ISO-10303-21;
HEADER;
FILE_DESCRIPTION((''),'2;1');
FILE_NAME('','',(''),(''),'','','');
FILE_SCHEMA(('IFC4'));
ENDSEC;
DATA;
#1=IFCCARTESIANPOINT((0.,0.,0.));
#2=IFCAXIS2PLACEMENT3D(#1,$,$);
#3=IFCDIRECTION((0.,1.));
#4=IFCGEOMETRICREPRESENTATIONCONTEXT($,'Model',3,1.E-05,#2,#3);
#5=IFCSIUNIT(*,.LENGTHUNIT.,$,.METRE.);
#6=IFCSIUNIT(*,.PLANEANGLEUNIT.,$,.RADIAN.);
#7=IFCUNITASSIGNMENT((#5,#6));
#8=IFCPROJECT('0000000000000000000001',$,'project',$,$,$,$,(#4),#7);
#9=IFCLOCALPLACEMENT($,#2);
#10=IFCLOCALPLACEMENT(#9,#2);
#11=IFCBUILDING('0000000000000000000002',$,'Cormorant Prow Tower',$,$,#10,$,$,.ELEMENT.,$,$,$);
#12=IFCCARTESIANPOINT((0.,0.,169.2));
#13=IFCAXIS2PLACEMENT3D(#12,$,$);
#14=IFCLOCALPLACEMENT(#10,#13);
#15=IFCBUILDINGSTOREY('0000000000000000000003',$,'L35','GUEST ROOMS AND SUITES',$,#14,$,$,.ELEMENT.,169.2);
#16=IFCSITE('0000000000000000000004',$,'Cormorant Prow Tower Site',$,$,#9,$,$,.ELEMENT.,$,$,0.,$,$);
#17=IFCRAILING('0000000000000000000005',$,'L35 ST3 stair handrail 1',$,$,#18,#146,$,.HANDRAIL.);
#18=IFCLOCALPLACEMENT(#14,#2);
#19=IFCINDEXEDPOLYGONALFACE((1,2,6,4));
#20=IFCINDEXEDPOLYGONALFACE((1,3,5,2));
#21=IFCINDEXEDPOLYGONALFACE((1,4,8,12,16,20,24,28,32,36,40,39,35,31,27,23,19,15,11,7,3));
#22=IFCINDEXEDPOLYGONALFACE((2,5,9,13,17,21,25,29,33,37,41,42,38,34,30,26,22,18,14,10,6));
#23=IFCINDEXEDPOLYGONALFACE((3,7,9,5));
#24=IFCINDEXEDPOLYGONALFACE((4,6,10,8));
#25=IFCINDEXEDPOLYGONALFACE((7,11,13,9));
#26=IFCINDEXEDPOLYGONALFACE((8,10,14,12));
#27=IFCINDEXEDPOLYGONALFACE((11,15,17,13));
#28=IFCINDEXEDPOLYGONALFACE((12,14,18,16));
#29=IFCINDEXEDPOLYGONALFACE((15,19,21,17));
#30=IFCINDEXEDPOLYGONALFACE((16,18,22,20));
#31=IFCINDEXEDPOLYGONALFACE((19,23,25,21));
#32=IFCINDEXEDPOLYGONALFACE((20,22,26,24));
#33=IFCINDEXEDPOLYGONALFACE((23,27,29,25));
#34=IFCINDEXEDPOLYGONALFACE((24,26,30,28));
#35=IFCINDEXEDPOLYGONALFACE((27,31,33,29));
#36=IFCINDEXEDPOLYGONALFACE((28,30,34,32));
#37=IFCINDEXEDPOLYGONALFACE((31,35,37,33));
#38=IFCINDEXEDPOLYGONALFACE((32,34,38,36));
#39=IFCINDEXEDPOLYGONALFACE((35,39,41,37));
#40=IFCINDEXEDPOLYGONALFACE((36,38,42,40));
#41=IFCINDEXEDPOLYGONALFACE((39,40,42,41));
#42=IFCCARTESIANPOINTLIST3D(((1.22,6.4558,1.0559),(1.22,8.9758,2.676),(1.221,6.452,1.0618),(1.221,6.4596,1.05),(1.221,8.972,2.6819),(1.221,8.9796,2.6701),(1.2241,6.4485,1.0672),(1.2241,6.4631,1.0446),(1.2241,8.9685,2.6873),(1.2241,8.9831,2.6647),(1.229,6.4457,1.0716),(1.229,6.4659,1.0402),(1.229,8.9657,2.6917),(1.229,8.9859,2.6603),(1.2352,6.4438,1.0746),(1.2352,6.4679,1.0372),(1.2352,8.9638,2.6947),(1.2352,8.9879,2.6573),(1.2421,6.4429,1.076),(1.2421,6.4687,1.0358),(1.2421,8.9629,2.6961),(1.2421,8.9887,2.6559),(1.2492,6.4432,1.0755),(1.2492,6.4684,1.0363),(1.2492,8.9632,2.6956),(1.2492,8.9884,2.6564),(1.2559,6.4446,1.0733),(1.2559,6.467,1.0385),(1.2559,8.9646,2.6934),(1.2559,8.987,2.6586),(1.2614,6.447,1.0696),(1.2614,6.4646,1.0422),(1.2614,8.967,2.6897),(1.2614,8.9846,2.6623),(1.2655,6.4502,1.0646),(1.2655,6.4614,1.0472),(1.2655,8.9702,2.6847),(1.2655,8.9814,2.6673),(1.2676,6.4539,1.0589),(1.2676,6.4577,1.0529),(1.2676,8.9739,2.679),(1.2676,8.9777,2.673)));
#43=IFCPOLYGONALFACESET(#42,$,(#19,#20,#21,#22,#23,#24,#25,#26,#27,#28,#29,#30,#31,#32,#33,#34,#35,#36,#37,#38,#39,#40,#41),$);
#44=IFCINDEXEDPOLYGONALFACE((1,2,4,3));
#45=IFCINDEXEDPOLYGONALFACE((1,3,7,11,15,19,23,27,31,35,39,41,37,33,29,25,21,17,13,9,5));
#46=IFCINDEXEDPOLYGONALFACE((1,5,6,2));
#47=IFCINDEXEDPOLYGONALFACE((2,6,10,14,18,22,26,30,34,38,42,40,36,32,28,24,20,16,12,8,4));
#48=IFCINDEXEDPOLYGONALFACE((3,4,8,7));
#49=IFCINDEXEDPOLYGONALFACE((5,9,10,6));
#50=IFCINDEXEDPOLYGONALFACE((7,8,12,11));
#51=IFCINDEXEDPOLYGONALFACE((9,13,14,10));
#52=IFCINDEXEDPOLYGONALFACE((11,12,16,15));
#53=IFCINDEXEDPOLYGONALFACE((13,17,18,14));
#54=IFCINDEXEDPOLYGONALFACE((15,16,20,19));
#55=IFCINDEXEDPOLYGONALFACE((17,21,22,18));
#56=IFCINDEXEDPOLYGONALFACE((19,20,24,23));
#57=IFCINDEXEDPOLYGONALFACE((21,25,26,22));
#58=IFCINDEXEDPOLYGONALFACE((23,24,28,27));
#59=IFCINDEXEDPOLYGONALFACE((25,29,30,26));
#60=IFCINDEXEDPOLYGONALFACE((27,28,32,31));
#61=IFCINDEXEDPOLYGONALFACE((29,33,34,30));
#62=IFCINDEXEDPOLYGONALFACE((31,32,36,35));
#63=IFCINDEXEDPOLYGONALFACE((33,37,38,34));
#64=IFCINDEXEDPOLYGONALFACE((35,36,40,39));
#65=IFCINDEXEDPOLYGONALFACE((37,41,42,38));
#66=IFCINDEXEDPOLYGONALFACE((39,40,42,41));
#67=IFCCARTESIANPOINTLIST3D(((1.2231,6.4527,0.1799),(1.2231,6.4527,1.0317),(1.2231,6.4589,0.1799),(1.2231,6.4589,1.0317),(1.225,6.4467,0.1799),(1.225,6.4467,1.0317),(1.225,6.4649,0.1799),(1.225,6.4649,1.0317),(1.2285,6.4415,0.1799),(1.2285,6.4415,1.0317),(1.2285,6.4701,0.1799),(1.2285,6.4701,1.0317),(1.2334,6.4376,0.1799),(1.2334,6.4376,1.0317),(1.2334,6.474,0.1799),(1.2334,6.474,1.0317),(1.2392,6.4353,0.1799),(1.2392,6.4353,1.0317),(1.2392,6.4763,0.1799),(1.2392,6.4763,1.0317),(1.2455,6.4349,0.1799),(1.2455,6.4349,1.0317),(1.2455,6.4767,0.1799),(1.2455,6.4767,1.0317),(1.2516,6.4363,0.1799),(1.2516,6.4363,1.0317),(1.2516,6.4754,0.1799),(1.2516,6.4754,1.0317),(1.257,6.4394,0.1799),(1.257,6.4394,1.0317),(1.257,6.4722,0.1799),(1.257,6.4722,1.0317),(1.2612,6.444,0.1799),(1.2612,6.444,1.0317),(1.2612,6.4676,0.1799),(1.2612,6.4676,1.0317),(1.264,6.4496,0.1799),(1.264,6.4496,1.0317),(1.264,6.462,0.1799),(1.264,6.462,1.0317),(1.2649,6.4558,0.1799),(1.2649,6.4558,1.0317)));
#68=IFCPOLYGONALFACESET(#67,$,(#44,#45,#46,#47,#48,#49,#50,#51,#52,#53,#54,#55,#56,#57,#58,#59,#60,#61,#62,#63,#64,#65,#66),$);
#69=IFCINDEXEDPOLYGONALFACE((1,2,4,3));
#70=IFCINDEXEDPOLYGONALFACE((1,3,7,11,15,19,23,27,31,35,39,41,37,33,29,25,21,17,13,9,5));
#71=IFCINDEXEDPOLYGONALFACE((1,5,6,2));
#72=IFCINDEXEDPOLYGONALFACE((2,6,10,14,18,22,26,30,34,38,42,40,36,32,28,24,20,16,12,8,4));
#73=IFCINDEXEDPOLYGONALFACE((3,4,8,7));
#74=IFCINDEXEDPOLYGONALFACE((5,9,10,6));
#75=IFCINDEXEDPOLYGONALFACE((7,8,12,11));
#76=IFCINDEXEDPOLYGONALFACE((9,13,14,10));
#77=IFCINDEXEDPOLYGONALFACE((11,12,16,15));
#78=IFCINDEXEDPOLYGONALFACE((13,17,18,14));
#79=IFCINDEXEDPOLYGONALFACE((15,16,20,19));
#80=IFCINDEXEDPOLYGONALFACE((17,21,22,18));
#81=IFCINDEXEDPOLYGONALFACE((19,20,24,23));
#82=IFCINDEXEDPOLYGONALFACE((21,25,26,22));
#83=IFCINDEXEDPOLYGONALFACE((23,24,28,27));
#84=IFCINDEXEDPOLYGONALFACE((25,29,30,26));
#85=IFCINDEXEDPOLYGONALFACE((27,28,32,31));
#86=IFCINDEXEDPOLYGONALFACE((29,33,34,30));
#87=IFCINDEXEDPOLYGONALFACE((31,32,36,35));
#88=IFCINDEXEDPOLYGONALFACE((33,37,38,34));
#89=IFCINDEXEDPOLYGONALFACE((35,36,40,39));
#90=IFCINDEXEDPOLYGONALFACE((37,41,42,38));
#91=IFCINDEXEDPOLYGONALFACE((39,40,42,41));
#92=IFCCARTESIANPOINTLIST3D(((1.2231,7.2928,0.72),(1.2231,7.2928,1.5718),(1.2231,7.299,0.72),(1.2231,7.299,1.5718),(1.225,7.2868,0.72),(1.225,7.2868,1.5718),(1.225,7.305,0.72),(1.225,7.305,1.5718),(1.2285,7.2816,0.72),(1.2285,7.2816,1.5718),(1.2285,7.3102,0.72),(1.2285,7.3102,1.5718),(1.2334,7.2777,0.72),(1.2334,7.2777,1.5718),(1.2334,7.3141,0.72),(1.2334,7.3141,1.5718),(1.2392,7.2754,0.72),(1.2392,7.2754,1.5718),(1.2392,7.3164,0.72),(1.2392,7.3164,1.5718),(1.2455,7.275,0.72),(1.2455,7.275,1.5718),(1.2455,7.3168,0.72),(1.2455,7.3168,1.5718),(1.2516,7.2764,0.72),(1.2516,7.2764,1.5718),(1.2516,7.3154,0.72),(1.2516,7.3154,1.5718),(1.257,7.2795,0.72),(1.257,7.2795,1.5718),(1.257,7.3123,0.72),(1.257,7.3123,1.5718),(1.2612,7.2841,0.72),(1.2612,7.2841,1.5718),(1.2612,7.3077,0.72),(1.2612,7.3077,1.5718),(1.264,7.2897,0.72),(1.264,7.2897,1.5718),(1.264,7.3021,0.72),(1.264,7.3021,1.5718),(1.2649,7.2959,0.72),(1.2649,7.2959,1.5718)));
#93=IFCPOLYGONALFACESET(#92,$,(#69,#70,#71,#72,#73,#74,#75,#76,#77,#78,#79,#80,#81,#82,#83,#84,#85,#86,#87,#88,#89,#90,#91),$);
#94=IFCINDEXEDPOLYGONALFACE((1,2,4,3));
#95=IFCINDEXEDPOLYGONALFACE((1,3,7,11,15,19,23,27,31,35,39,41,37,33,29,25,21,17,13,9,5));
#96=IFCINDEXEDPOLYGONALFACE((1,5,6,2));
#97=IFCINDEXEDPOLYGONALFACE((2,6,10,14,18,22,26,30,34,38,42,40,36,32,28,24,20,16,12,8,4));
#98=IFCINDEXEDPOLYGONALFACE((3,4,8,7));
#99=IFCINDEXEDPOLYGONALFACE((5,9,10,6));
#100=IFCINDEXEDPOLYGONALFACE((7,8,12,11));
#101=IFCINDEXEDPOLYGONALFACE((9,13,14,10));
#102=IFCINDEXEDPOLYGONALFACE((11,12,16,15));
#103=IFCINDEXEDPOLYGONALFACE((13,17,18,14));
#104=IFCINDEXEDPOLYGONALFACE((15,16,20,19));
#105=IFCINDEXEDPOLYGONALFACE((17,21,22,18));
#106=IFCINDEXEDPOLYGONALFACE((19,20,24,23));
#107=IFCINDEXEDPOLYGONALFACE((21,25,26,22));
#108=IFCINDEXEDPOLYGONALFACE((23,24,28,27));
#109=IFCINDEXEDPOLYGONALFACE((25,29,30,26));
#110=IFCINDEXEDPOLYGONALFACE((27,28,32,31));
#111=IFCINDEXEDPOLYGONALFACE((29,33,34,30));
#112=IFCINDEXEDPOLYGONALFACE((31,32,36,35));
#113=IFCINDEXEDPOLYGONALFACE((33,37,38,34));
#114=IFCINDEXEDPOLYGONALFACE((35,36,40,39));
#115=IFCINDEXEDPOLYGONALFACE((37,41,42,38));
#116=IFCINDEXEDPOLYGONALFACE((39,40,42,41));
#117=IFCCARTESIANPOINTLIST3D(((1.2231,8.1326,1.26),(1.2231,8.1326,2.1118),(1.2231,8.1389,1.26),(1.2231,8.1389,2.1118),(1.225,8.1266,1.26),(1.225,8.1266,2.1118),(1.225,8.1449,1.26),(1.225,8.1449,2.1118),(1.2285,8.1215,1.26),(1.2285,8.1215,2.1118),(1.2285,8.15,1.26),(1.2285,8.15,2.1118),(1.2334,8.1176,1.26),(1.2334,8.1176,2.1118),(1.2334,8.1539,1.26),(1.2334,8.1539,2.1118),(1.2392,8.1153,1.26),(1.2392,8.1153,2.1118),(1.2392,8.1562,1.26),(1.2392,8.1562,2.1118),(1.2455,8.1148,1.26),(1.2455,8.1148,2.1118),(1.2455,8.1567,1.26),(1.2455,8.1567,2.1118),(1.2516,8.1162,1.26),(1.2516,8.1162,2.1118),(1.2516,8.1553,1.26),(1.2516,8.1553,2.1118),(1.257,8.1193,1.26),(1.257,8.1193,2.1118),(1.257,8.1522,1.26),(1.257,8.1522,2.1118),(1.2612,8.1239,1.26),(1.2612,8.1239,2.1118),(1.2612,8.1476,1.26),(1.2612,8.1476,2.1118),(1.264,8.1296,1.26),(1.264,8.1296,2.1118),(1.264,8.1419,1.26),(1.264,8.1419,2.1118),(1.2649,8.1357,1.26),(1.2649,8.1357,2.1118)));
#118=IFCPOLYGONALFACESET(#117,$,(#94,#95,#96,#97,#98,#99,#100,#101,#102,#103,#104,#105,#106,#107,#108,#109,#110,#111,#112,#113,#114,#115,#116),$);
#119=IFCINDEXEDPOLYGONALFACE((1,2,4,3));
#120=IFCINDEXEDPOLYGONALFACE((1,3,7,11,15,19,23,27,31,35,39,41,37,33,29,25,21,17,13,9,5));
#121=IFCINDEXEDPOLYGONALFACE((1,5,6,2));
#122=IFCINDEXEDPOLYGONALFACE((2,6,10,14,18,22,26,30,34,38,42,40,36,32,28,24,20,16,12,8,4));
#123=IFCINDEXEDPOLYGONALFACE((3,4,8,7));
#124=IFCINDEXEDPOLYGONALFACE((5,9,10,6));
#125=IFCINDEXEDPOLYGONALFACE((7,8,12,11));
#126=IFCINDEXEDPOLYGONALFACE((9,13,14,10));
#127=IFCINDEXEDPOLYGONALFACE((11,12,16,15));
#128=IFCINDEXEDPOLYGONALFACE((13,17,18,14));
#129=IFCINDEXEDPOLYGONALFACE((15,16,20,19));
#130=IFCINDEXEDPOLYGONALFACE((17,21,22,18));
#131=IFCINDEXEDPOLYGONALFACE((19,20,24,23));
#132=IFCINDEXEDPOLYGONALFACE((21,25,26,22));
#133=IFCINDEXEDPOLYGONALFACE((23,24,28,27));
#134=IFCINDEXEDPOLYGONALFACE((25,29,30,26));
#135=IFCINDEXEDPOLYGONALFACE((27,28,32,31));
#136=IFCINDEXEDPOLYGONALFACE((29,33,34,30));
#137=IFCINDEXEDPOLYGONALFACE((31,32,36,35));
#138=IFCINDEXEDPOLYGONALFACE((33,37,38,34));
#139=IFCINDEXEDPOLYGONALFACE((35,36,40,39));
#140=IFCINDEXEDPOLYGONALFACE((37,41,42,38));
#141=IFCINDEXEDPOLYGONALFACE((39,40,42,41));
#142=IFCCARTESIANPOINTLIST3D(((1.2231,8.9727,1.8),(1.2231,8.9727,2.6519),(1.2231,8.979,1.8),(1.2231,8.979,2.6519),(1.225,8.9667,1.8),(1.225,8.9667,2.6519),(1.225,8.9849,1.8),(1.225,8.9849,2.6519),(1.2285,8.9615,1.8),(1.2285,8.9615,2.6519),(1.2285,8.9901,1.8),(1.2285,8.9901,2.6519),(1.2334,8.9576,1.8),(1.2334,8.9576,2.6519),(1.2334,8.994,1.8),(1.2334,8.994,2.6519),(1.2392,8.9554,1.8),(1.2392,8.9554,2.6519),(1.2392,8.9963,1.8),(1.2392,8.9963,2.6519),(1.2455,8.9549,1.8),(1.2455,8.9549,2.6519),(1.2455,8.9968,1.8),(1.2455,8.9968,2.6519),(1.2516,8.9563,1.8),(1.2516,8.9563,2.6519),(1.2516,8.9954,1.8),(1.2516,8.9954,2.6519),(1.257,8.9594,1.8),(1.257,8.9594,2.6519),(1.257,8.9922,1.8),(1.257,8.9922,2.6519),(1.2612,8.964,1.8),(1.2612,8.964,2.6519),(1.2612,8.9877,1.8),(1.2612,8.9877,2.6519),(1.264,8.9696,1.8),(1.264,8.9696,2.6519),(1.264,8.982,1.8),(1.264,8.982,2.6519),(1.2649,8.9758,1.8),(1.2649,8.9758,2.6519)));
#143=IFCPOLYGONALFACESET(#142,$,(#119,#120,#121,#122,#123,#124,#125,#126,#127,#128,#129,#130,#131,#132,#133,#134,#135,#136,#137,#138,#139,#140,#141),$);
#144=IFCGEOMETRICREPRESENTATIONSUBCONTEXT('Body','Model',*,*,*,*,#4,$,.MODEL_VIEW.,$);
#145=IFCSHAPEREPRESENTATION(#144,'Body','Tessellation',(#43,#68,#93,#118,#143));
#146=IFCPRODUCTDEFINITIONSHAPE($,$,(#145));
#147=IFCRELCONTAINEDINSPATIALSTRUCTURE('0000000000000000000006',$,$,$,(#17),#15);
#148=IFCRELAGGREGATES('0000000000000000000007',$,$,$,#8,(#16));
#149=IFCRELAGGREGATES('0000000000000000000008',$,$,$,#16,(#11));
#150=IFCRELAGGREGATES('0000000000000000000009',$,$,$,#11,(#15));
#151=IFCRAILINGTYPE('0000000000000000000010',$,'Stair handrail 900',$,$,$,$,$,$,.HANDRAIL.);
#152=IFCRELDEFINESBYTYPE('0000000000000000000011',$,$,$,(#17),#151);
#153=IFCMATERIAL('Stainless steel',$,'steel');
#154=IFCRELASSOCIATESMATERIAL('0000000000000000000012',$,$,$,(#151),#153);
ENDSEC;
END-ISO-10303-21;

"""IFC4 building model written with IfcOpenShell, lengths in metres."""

from ifc_helpers import new_model, si_unit, direction, frame, origin, origin_2d, place, context, subcontext, project, spatial, circle, extrude, material, type_object, element, save


model = new_model("IFC4")

# Units and contexts
model_context = context("Model", 3, precision=1e-05, world=origin(), true_north=direction((0.0, 1.0)))
body_context = subcontext(model_context, "Body", "Model", "MODEL_VIEW")
ifc_project = project(units=[si_unit("LENGTHUNIT", "METRE"), si_unit("PLANEANGLEUNIT", "RADIAN")], contexts=[model_context])

# Site, building, storey
site_placement = place(None, origin())
site = spatial("IfcSite", under=ifc_project, at=site_placement, Name="Cormorant Prow Tower Site", CompositionType="ELEMENT", RefElevation=0.0)
building_placement = place(site_placement, origin())
building = spatial("IfcBuilding", under=site, at=building_placement, Name="Cormorant Prow Tower", CompositionType="ELEMENT")
storey_placement = place(building_placement, frame((0.0, 0.0, 169.2)))
storey = spatial("IfcBuildingStorey", under=building, at=storey_placement, Name="L35", Description="GUEST ROOMS AND SUITES", CompositionType="ELEMENT", Elevation=169.2)

# Railing
ifc_material_1 = material(Name="Stainless steel", Category="steel")
railing_type_1 = type_object("IfcRailingType", Name="Stair handrail 900", PredefinedType="HANDRAIL", material=ifc_material_1)
railing_1_placement = place(storey_placement, frame((1.2439, 6.4558, 0.1799)))
element("IfcRailing", 1, at=railing_1_placement, inside=storey, type_object=railing_type_1, Name="L35 ST3 stair handrail 1", PredefinedType="HANDRAIL", context=body_context, shape_type="SweptSolid", body=[
    extrude(circle(Radius=0.0239, at=origin_2d()), frame((0.0, 0.0, 0.876), z_axis=(0.0, 0.841163, 0.540782), x_axis=(-1.0, 0.0, 0.0)), (0.0, 0.0, 1.0), 2.9958),
    extrude(circle(Radius=0.021, at=origin_2d()), origin(), (0.0, 0.0, 1.0), 0.8518),
    extrude(circle(Radius=0.021, at=origin_2d()), frame((0.0, 0.8401, 0.54)), (0.0, 0.0, 1.0), 0.8518),
    extrude(circle(Radius=0.021, at=origin_2d()), frame((0.0, 1.6799, 1.0801)), (0.0, 0.0, 1.0), 0.8518),
    extrude(circle(Radius=0.021, at=origin_2d()), frame((0.0, 2.52, 1.6201)), (0.0, 0.0, 1.0), 0.8518),
])

save(model, "model.ifc")
